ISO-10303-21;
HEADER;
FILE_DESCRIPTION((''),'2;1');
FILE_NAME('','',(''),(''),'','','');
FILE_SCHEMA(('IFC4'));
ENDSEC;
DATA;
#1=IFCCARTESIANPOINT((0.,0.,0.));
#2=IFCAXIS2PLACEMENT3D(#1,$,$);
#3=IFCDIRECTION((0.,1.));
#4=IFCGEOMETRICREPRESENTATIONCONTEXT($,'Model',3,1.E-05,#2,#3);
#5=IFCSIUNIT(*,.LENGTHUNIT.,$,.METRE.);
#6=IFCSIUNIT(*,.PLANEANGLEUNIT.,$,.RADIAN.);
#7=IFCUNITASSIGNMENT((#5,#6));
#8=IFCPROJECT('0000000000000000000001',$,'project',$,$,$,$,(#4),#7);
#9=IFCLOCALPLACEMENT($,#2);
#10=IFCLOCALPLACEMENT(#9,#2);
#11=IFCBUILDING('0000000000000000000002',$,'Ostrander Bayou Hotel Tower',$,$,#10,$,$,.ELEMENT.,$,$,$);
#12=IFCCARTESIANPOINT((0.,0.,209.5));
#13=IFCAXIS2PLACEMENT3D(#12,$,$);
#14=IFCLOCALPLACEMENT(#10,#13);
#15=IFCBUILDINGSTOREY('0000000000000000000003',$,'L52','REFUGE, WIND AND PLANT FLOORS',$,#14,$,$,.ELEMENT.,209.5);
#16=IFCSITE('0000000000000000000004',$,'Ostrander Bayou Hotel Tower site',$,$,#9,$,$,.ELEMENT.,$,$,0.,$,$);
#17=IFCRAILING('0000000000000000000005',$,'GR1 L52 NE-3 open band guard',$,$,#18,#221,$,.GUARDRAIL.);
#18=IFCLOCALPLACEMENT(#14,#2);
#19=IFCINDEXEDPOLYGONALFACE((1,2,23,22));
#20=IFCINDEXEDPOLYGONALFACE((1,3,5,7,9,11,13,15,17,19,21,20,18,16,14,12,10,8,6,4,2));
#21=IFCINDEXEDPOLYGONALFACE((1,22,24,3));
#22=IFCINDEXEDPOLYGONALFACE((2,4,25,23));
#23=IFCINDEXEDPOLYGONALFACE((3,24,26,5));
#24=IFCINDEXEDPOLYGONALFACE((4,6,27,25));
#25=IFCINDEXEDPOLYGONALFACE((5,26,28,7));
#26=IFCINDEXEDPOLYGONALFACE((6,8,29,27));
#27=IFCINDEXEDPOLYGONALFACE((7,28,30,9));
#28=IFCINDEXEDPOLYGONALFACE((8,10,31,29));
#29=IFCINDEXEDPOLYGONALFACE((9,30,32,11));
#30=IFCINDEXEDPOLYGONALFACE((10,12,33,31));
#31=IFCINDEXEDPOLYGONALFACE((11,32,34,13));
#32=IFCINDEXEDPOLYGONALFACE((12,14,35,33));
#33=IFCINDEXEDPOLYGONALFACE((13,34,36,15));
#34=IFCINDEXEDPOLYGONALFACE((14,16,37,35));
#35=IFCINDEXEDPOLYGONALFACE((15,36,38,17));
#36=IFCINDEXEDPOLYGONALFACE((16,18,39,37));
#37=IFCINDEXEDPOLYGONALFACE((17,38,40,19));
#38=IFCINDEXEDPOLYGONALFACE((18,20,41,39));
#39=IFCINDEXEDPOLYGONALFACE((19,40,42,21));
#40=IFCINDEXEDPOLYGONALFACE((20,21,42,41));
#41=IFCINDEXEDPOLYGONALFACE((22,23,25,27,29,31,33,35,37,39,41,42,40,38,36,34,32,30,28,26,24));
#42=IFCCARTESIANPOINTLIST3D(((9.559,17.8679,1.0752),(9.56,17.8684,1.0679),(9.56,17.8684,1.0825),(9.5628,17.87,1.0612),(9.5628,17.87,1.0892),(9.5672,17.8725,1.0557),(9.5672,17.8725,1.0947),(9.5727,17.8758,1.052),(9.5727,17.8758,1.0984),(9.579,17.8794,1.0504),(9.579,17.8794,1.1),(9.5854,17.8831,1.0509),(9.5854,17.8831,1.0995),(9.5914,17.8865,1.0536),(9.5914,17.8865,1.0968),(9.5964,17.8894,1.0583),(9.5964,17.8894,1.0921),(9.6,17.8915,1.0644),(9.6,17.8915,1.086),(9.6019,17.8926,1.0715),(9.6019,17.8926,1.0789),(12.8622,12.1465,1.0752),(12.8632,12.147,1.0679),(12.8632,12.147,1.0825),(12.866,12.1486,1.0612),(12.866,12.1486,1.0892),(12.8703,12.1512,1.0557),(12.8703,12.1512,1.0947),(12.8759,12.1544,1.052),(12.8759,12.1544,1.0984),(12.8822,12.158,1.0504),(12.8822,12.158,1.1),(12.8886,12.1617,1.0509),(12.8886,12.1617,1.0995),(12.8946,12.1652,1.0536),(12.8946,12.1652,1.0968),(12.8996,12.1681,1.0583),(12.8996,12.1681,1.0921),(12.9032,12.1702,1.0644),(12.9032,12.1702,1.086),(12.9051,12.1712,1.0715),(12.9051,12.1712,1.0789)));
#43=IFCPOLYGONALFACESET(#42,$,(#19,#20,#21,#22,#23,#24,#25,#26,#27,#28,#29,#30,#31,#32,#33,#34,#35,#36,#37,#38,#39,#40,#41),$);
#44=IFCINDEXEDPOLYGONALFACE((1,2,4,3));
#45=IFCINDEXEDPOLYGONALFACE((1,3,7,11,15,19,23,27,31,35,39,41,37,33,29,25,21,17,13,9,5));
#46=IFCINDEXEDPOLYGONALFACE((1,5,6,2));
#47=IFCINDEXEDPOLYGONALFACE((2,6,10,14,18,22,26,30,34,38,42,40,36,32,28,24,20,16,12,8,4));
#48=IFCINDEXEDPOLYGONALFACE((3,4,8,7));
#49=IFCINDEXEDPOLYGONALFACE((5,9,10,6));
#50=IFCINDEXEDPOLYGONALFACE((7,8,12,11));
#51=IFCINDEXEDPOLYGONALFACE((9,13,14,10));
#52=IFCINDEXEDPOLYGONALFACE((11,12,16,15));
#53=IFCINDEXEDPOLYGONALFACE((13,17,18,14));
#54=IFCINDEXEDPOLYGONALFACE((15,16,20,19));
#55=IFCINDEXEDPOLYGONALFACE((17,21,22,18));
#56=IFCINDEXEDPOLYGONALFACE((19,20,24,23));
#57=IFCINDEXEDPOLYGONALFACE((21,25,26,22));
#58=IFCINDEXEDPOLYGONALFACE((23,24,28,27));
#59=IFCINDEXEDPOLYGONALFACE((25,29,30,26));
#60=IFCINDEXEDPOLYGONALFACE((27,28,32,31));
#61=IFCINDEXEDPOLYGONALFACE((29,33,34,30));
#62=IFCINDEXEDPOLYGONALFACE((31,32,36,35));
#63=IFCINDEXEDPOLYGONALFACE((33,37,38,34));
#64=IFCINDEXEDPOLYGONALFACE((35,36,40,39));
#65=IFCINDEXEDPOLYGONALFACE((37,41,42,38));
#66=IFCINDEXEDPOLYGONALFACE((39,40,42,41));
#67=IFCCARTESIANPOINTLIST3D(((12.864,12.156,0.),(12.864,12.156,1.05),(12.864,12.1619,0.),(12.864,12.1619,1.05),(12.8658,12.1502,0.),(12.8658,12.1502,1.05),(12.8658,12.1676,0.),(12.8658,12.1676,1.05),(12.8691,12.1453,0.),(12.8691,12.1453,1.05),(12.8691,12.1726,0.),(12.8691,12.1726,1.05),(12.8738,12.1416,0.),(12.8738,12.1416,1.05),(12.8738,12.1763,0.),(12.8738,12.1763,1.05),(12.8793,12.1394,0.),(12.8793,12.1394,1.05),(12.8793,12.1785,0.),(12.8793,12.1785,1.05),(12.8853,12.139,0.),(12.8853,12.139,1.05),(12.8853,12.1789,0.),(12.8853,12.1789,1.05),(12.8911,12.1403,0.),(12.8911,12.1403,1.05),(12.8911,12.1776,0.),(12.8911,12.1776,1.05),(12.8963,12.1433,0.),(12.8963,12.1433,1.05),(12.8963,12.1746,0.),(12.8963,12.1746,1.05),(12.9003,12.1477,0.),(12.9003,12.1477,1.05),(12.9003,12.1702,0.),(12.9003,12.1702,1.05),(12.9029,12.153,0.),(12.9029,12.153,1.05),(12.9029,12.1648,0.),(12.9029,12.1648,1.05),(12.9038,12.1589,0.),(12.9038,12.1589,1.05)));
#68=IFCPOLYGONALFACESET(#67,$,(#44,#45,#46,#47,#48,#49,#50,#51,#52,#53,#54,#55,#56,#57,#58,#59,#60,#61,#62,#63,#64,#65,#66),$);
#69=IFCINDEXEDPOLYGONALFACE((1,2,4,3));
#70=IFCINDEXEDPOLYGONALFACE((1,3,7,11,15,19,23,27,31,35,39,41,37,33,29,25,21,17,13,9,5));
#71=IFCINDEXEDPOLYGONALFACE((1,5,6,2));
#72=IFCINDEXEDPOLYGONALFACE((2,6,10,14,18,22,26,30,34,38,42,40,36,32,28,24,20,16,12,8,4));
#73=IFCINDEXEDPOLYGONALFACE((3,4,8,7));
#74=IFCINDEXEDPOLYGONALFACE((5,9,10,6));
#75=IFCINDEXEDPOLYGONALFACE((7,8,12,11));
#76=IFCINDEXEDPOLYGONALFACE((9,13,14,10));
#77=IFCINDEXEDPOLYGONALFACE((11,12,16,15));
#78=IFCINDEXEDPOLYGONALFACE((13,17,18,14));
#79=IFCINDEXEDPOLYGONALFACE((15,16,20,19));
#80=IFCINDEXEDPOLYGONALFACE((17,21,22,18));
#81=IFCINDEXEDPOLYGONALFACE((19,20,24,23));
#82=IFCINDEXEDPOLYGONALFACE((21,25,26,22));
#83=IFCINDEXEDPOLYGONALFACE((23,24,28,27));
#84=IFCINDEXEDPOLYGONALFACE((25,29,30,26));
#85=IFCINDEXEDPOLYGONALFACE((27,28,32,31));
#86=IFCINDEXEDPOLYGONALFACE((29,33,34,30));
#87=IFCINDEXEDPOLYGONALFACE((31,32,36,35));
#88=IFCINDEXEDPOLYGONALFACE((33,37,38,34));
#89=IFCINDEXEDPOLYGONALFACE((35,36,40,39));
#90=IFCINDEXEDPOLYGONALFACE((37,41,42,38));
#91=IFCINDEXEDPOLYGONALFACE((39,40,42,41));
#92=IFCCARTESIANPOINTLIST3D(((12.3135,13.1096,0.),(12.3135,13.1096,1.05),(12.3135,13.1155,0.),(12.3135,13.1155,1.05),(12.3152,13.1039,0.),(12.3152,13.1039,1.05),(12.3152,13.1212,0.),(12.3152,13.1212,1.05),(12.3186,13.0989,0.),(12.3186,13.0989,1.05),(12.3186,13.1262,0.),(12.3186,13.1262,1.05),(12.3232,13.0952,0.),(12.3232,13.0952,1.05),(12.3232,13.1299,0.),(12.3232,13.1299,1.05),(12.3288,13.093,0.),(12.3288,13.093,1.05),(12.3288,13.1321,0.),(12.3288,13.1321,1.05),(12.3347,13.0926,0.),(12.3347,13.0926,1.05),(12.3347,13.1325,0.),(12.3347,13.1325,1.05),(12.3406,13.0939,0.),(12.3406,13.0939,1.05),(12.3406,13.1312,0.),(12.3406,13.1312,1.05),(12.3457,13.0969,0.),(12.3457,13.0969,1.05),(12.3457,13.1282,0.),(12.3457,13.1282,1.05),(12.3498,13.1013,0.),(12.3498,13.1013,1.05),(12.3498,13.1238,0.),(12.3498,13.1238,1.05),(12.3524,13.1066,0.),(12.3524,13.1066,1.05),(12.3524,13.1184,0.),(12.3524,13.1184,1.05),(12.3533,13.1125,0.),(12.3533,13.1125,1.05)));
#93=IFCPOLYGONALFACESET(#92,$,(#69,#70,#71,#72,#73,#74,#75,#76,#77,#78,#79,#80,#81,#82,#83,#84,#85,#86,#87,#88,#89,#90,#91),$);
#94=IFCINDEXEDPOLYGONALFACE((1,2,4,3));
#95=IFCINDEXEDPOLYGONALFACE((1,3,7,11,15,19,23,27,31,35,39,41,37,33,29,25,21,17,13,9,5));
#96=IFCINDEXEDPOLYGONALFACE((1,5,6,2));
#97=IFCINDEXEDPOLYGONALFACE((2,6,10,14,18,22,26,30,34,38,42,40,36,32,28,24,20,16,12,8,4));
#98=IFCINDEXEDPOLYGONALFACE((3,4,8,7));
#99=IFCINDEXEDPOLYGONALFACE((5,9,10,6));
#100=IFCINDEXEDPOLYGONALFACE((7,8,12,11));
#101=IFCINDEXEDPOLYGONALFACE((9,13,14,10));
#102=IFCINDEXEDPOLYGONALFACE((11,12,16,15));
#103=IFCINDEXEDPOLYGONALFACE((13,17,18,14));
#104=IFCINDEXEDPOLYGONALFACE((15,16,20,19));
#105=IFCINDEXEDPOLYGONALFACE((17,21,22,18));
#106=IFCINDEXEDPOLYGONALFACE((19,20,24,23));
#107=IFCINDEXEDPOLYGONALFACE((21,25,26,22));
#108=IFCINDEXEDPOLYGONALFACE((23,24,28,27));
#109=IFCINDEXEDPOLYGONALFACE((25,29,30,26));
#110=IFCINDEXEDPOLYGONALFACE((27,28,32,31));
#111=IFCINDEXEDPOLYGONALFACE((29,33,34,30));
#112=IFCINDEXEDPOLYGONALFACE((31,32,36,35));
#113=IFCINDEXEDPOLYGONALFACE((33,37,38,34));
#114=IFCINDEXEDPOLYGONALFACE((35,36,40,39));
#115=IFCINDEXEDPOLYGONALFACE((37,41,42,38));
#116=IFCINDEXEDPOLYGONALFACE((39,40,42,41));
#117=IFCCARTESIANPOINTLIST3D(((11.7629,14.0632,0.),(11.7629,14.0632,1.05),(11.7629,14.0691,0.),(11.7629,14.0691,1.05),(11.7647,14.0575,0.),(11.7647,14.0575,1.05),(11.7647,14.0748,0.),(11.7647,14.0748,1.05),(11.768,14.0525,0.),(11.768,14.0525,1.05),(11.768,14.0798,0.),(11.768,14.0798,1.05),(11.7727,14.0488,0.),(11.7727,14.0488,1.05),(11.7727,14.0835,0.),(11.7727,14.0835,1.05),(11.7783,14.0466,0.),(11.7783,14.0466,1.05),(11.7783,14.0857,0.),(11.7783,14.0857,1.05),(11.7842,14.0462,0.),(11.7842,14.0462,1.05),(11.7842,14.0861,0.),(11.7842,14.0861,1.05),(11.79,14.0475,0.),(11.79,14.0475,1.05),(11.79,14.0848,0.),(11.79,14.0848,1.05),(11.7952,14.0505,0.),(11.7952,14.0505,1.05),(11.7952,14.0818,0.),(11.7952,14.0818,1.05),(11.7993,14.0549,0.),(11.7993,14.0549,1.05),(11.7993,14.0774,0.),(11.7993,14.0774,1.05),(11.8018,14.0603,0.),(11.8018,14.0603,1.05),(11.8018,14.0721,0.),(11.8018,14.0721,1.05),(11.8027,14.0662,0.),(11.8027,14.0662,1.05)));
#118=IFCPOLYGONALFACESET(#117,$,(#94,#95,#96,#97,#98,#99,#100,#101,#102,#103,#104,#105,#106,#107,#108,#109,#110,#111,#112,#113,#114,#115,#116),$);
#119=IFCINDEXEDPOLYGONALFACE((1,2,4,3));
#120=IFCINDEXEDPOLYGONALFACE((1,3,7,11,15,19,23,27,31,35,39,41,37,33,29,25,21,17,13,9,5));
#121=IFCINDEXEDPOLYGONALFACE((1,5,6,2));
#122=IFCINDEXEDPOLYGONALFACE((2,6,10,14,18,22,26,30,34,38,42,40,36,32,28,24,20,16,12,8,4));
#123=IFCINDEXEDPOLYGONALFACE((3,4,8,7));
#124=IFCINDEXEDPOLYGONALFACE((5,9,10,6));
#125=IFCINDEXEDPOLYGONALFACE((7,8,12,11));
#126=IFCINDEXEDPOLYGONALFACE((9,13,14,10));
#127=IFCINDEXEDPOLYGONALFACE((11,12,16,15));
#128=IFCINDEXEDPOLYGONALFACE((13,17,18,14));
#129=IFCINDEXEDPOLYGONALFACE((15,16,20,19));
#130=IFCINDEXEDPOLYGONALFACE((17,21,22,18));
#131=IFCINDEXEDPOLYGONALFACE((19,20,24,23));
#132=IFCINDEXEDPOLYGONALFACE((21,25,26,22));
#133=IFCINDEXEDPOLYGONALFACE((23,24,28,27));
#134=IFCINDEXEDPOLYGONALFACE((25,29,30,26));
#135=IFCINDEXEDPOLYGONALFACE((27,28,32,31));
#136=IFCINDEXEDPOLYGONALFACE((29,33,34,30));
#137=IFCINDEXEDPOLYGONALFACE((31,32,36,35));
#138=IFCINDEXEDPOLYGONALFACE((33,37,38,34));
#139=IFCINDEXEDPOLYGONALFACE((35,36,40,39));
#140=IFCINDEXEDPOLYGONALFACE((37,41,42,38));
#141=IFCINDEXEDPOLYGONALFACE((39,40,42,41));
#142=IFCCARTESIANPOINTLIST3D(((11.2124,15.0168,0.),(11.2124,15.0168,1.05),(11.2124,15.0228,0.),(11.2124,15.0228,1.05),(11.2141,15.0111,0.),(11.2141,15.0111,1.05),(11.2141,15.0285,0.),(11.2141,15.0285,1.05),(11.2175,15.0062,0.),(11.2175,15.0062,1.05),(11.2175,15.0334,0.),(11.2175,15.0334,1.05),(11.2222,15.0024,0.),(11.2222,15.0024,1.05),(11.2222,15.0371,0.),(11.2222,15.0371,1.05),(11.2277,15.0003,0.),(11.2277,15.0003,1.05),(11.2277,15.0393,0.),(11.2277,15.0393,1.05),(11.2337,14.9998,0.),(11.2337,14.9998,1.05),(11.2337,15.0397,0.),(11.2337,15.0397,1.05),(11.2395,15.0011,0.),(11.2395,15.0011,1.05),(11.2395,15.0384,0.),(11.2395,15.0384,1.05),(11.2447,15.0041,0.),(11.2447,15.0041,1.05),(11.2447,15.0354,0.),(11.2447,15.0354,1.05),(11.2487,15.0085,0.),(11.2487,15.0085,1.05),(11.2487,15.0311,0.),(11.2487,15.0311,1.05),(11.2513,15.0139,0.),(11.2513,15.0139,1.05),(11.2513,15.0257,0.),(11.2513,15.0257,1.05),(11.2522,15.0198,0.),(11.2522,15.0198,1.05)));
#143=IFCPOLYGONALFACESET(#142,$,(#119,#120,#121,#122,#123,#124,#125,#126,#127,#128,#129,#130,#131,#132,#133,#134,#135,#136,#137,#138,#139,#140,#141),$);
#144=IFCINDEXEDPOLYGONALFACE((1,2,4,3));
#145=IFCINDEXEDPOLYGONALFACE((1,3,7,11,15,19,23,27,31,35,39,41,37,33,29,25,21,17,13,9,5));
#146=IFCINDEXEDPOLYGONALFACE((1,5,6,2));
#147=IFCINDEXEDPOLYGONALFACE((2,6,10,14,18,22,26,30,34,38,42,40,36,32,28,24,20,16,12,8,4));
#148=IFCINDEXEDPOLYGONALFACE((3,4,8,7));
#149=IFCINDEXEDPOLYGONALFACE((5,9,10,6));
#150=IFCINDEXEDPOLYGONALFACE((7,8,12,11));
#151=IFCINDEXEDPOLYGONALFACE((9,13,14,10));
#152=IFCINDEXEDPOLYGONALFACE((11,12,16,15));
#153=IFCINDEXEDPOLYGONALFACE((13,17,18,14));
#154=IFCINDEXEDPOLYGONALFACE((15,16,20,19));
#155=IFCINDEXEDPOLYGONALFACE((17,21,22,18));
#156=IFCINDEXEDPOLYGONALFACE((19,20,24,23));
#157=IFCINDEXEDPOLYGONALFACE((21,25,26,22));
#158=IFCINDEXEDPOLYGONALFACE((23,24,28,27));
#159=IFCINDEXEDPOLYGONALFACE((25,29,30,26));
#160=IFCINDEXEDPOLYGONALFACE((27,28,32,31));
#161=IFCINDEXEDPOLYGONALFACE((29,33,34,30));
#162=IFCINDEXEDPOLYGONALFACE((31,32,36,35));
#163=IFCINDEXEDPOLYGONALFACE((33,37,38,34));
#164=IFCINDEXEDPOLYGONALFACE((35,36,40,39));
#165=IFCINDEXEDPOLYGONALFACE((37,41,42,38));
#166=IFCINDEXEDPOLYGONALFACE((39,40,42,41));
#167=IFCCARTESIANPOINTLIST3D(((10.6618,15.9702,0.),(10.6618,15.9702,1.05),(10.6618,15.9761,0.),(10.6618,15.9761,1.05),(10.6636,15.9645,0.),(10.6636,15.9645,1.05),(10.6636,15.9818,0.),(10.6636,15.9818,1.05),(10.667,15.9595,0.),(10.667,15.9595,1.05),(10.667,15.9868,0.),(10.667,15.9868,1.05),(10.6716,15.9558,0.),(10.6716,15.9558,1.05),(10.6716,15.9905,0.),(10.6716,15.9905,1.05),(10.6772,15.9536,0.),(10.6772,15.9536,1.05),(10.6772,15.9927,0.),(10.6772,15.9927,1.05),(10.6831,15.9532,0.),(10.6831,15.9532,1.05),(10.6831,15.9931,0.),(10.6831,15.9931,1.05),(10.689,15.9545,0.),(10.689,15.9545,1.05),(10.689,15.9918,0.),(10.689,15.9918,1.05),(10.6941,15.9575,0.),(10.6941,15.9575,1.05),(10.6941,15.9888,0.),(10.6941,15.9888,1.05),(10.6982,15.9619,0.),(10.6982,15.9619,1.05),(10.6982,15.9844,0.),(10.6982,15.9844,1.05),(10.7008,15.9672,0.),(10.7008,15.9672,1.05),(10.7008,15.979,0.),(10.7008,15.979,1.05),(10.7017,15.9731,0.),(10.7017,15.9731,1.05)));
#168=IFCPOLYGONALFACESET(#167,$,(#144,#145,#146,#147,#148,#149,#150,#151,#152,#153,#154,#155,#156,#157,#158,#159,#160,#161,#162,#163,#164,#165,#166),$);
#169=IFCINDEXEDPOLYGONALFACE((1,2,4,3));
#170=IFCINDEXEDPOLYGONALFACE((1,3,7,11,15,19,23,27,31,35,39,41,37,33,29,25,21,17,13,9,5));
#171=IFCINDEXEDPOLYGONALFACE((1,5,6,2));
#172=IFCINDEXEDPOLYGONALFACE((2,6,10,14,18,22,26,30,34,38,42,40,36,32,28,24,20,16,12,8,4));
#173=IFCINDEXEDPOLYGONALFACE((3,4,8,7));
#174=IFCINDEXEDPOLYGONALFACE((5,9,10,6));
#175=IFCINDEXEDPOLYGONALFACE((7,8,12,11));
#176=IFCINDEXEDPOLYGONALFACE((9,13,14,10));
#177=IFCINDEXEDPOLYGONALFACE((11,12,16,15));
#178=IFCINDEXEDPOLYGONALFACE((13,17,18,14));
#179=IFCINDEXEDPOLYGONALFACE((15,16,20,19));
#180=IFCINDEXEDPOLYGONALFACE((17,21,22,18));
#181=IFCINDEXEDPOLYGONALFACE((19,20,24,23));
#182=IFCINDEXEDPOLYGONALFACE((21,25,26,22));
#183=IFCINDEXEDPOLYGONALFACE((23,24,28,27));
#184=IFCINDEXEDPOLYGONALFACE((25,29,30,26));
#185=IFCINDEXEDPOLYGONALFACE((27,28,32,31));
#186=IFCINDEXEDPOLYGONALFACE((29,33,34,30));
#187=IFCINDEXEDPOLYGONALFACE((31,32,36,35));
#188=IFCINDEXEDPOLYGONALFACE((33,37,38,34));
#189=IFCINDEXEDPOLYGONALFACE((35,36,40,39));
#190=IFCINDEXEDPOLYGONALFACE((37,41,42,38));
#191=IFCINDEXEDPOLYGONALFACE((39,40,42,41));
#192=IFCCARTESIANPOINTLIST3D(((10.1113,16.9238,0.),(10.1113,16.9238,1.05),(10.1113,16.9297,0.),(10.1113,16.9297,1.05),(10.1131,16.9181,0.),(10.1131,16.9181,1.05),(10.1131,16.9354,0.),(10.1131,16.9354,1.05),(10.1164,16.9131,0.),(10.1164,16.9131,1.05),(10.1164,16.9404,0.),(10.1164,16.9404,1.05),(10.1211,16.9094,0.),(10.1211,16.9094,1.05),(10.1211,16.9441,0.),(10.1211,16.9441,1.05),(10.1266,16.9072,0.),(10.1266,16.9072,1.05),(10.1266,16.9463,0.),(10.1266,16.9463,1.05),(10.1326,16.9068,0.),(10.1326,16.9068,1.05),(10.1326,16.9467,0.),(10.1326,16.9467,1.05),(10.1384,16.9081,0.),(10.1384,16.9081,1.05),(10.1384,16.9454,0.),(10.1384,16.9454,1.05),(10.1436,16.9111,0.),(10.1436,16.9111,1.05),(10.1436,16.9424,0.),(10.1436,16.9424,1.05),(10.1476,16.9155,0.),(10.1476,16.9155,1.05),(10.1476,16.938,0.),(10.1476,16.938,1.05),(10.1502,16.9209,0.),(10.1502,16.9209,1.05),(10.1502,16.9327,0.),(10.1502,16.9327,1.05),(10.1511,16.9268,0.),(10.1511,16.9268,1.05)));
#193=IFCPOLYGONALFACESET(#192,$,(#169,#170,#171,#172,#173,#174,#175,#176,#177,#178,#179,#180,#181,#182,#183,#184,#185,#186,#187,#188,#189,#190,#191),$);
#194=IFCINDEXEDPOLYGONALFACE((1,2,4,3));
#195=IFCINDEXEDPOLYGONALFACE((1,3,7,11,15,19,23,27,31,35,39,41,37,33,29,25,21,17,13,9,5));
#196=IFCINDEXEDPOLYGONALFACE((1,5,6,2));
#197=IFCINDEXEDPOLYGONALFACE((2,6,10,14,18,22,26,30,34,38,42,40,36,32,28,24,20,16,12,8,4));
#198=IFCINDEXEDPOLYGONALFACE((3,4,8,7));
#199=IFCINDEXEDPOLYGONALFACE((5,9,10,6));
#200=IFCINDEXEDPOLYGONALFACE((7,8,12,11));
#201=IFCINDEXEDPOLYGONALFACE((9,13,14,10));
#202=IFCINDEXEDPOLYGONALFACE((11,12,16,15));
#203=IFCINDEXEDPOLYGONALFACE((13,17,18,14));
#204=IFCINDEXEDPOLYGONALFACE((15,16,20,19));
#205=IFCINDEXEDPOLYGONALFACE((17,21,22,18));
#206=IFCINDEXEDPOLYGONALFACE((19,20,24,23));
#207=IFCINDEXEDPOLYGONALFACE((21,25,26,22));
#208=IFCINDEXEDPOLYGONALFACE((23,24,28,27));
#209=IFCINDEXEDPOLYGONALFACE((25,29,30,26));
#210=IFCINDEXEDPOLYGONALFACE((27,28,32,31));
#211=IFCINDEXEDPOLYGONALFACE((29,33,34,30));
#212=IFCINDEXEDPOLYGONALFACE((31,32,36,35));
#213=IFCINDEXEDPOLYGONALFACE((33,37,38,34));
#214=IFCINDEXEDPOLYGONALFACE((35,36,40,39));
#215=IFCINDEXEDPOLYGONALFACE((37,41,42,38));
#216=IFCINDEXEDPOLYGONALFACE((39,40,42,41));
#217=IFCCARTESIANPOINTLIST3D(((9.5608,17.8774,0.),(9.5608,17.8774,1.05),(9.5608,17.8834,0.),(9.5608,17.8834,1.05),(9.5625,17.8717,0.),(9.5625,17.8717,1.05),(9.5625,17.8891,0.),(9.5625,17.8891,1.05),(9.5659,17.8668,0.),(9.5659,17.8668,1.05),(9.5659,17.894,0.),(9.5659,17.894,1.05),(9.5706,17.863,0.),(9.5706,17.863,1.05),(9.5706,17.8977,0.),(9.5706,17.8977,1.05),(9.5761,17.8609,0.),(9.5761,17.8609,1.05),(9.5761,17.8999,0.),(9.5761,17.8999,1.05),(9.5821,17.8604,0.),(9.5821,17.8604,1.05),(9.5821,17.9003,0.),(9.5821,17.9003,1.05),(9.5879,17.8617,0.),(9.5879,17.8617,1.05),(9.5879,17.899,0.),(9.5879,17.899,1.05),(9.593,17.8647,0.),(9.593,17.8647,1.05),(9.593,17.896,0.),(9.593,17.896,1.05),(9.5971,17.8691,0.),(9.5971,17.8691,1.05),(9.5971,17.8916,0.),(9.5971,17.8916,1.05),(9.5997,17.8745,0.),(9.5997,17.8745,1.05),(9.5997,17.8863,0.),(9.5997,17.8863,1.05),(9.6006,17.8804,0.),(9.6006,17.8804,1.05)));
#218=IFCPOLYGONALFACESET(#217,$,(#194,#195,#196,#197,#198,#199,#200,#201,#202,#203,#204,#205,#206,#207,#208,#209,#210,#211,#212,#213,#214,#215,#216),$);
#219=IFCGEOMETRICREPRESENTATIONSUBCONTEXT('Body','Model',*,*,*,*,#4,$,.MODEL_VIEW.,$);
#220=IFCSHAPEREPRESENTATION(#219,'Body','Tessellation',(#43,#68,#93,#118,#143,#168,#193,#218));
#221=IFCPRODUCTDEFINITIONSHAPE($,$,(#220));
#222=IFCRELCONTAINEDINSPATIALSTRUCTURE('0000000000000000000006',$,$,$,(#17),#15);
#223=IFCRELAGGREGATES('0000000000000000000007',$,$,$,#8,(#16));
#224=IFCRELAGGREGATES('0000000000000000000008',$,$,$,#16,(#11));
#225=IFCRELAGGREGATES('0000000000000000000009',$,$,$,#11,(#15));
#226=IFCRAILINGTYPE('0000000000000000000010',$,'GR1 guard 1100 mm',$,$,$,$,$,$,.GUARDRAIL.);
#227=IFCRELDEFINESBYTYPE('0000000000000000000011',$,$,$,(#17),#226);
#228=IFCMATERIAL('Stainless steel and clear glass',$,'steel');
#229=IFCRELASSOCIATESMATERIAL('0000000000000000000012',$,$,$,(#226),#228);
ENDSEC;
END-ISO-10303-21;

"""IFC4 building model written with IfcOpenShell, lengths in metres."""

from ifc_helpers import new_model, si_unit, direction, frame, origin, origin_2d, place, context, subcontext, project, spatial, circle, extrude, material, type_object, element, save


model = new_model("IFC4")

# Units and contexts
model_context = context("Model", 3, precision=1e-05, world=origin(), true_north=direction((0.0, 1.0)))
body_context = subcontext(model_context, "Body", "Model", "MODEL_VIEW")
ifc_project = project(units=[si_unit("LENGTHUNIT", "METRE"), si_unit("PLANEANGLEUNIT", "RADIAN")], contexts=[model_context])

# Site, building, storey
site_placement = place(None, origin())
site = spatial("IfcSite", under=ifc_project, at=site_placement, Name="Ostrander Bayou Hotel Tower site", CompositionType="ELEMENT", RefElevation=0.0)
building_placement = place(site_placement, origin())
building = spatial("IfcBuilding", under=site, at=building_placement, Name="Ostrander Bayou Hotel Tower", CompositionType="ELEMENT")
storey_placement = place(building_placement, frame((0.0, 0.0, 209.5)))
storey = spatial("IfcBuildingStorey", under=building, at=storey_placement, Name="L52", Description="REFUGE, WIND AND PLANT FLOORS", CompositionType="ELEMENT", Elevation=209.5)

# Railing
ifc_material_1 = material(Name="Stainless steel and clear glass", Category="steel")
railing_type = type_object("IfcRailingType", Name="GR1 guard 1100 mm", PredefinedType="GUARDRAIL", material=ifc_material_1)
railing_1_placement = place(storey_placement, frame((12.8838, 12.1589, 0.0)))
element("IfcRailing", 1, at=railing_1_placement, inside=storey, type_object=railing_type, Name="GR1 L52 NE-3 open band guard", PredefinedType="GUARDRAIL", context=body_context, shape_type="SweptSolid", body=[
    extrude(circle(Radius=0.0249, at=origin_2d()), frame((0.0, 0.0, 1.0752), z_axis=(-0.499994, 0.866029, 0.0), x_axis=(-0.866029, -0.499994, 0.0)), (0.0, 0.0, 1.0), 6.6064),
    extrude(circle(Radius=0.02, at=origin_2d()), origin(), (0.0, 0.0, 1.0), 1.05),
    extrude(circle(Radius=0.02, at=origin_2d()), frame((-0.5505, 0.9536, 0.0)), (0.0, 0.0, 1.0), 1.05),
    extrude(circle(Radius=0.02, at=origin_2d()), frame((-1.1011, 1.9072, 0.0)), (0.0, 0.0, 1.0), 1.05),
    extrude(circle(Radius=0.02, at=origin_2d()), frame((-1.6516, 2.8608, 0.0)), (0.0, 0.0, 1.0), 1.05),
    extrude(circle(Radius=0.02, at=origin_2d()), frame((-2.2021, 3.8142, 0.0)), (0.0, 0.0, 1.0), 1.05),
    extrude(circle(Radius=0.02, at=origin_2d()), frame((-2.7527, 4.7678, 0.0)), (0.0, 0.0, 1.0), 1.05),
    extrude(circle(Radius=0.02, at=origin_2d()), frame((-3.3032, 5.7214, 0.0)), (0.0, 0.0, 1.0), 1.05),
])

save(model, "model.ifc")
